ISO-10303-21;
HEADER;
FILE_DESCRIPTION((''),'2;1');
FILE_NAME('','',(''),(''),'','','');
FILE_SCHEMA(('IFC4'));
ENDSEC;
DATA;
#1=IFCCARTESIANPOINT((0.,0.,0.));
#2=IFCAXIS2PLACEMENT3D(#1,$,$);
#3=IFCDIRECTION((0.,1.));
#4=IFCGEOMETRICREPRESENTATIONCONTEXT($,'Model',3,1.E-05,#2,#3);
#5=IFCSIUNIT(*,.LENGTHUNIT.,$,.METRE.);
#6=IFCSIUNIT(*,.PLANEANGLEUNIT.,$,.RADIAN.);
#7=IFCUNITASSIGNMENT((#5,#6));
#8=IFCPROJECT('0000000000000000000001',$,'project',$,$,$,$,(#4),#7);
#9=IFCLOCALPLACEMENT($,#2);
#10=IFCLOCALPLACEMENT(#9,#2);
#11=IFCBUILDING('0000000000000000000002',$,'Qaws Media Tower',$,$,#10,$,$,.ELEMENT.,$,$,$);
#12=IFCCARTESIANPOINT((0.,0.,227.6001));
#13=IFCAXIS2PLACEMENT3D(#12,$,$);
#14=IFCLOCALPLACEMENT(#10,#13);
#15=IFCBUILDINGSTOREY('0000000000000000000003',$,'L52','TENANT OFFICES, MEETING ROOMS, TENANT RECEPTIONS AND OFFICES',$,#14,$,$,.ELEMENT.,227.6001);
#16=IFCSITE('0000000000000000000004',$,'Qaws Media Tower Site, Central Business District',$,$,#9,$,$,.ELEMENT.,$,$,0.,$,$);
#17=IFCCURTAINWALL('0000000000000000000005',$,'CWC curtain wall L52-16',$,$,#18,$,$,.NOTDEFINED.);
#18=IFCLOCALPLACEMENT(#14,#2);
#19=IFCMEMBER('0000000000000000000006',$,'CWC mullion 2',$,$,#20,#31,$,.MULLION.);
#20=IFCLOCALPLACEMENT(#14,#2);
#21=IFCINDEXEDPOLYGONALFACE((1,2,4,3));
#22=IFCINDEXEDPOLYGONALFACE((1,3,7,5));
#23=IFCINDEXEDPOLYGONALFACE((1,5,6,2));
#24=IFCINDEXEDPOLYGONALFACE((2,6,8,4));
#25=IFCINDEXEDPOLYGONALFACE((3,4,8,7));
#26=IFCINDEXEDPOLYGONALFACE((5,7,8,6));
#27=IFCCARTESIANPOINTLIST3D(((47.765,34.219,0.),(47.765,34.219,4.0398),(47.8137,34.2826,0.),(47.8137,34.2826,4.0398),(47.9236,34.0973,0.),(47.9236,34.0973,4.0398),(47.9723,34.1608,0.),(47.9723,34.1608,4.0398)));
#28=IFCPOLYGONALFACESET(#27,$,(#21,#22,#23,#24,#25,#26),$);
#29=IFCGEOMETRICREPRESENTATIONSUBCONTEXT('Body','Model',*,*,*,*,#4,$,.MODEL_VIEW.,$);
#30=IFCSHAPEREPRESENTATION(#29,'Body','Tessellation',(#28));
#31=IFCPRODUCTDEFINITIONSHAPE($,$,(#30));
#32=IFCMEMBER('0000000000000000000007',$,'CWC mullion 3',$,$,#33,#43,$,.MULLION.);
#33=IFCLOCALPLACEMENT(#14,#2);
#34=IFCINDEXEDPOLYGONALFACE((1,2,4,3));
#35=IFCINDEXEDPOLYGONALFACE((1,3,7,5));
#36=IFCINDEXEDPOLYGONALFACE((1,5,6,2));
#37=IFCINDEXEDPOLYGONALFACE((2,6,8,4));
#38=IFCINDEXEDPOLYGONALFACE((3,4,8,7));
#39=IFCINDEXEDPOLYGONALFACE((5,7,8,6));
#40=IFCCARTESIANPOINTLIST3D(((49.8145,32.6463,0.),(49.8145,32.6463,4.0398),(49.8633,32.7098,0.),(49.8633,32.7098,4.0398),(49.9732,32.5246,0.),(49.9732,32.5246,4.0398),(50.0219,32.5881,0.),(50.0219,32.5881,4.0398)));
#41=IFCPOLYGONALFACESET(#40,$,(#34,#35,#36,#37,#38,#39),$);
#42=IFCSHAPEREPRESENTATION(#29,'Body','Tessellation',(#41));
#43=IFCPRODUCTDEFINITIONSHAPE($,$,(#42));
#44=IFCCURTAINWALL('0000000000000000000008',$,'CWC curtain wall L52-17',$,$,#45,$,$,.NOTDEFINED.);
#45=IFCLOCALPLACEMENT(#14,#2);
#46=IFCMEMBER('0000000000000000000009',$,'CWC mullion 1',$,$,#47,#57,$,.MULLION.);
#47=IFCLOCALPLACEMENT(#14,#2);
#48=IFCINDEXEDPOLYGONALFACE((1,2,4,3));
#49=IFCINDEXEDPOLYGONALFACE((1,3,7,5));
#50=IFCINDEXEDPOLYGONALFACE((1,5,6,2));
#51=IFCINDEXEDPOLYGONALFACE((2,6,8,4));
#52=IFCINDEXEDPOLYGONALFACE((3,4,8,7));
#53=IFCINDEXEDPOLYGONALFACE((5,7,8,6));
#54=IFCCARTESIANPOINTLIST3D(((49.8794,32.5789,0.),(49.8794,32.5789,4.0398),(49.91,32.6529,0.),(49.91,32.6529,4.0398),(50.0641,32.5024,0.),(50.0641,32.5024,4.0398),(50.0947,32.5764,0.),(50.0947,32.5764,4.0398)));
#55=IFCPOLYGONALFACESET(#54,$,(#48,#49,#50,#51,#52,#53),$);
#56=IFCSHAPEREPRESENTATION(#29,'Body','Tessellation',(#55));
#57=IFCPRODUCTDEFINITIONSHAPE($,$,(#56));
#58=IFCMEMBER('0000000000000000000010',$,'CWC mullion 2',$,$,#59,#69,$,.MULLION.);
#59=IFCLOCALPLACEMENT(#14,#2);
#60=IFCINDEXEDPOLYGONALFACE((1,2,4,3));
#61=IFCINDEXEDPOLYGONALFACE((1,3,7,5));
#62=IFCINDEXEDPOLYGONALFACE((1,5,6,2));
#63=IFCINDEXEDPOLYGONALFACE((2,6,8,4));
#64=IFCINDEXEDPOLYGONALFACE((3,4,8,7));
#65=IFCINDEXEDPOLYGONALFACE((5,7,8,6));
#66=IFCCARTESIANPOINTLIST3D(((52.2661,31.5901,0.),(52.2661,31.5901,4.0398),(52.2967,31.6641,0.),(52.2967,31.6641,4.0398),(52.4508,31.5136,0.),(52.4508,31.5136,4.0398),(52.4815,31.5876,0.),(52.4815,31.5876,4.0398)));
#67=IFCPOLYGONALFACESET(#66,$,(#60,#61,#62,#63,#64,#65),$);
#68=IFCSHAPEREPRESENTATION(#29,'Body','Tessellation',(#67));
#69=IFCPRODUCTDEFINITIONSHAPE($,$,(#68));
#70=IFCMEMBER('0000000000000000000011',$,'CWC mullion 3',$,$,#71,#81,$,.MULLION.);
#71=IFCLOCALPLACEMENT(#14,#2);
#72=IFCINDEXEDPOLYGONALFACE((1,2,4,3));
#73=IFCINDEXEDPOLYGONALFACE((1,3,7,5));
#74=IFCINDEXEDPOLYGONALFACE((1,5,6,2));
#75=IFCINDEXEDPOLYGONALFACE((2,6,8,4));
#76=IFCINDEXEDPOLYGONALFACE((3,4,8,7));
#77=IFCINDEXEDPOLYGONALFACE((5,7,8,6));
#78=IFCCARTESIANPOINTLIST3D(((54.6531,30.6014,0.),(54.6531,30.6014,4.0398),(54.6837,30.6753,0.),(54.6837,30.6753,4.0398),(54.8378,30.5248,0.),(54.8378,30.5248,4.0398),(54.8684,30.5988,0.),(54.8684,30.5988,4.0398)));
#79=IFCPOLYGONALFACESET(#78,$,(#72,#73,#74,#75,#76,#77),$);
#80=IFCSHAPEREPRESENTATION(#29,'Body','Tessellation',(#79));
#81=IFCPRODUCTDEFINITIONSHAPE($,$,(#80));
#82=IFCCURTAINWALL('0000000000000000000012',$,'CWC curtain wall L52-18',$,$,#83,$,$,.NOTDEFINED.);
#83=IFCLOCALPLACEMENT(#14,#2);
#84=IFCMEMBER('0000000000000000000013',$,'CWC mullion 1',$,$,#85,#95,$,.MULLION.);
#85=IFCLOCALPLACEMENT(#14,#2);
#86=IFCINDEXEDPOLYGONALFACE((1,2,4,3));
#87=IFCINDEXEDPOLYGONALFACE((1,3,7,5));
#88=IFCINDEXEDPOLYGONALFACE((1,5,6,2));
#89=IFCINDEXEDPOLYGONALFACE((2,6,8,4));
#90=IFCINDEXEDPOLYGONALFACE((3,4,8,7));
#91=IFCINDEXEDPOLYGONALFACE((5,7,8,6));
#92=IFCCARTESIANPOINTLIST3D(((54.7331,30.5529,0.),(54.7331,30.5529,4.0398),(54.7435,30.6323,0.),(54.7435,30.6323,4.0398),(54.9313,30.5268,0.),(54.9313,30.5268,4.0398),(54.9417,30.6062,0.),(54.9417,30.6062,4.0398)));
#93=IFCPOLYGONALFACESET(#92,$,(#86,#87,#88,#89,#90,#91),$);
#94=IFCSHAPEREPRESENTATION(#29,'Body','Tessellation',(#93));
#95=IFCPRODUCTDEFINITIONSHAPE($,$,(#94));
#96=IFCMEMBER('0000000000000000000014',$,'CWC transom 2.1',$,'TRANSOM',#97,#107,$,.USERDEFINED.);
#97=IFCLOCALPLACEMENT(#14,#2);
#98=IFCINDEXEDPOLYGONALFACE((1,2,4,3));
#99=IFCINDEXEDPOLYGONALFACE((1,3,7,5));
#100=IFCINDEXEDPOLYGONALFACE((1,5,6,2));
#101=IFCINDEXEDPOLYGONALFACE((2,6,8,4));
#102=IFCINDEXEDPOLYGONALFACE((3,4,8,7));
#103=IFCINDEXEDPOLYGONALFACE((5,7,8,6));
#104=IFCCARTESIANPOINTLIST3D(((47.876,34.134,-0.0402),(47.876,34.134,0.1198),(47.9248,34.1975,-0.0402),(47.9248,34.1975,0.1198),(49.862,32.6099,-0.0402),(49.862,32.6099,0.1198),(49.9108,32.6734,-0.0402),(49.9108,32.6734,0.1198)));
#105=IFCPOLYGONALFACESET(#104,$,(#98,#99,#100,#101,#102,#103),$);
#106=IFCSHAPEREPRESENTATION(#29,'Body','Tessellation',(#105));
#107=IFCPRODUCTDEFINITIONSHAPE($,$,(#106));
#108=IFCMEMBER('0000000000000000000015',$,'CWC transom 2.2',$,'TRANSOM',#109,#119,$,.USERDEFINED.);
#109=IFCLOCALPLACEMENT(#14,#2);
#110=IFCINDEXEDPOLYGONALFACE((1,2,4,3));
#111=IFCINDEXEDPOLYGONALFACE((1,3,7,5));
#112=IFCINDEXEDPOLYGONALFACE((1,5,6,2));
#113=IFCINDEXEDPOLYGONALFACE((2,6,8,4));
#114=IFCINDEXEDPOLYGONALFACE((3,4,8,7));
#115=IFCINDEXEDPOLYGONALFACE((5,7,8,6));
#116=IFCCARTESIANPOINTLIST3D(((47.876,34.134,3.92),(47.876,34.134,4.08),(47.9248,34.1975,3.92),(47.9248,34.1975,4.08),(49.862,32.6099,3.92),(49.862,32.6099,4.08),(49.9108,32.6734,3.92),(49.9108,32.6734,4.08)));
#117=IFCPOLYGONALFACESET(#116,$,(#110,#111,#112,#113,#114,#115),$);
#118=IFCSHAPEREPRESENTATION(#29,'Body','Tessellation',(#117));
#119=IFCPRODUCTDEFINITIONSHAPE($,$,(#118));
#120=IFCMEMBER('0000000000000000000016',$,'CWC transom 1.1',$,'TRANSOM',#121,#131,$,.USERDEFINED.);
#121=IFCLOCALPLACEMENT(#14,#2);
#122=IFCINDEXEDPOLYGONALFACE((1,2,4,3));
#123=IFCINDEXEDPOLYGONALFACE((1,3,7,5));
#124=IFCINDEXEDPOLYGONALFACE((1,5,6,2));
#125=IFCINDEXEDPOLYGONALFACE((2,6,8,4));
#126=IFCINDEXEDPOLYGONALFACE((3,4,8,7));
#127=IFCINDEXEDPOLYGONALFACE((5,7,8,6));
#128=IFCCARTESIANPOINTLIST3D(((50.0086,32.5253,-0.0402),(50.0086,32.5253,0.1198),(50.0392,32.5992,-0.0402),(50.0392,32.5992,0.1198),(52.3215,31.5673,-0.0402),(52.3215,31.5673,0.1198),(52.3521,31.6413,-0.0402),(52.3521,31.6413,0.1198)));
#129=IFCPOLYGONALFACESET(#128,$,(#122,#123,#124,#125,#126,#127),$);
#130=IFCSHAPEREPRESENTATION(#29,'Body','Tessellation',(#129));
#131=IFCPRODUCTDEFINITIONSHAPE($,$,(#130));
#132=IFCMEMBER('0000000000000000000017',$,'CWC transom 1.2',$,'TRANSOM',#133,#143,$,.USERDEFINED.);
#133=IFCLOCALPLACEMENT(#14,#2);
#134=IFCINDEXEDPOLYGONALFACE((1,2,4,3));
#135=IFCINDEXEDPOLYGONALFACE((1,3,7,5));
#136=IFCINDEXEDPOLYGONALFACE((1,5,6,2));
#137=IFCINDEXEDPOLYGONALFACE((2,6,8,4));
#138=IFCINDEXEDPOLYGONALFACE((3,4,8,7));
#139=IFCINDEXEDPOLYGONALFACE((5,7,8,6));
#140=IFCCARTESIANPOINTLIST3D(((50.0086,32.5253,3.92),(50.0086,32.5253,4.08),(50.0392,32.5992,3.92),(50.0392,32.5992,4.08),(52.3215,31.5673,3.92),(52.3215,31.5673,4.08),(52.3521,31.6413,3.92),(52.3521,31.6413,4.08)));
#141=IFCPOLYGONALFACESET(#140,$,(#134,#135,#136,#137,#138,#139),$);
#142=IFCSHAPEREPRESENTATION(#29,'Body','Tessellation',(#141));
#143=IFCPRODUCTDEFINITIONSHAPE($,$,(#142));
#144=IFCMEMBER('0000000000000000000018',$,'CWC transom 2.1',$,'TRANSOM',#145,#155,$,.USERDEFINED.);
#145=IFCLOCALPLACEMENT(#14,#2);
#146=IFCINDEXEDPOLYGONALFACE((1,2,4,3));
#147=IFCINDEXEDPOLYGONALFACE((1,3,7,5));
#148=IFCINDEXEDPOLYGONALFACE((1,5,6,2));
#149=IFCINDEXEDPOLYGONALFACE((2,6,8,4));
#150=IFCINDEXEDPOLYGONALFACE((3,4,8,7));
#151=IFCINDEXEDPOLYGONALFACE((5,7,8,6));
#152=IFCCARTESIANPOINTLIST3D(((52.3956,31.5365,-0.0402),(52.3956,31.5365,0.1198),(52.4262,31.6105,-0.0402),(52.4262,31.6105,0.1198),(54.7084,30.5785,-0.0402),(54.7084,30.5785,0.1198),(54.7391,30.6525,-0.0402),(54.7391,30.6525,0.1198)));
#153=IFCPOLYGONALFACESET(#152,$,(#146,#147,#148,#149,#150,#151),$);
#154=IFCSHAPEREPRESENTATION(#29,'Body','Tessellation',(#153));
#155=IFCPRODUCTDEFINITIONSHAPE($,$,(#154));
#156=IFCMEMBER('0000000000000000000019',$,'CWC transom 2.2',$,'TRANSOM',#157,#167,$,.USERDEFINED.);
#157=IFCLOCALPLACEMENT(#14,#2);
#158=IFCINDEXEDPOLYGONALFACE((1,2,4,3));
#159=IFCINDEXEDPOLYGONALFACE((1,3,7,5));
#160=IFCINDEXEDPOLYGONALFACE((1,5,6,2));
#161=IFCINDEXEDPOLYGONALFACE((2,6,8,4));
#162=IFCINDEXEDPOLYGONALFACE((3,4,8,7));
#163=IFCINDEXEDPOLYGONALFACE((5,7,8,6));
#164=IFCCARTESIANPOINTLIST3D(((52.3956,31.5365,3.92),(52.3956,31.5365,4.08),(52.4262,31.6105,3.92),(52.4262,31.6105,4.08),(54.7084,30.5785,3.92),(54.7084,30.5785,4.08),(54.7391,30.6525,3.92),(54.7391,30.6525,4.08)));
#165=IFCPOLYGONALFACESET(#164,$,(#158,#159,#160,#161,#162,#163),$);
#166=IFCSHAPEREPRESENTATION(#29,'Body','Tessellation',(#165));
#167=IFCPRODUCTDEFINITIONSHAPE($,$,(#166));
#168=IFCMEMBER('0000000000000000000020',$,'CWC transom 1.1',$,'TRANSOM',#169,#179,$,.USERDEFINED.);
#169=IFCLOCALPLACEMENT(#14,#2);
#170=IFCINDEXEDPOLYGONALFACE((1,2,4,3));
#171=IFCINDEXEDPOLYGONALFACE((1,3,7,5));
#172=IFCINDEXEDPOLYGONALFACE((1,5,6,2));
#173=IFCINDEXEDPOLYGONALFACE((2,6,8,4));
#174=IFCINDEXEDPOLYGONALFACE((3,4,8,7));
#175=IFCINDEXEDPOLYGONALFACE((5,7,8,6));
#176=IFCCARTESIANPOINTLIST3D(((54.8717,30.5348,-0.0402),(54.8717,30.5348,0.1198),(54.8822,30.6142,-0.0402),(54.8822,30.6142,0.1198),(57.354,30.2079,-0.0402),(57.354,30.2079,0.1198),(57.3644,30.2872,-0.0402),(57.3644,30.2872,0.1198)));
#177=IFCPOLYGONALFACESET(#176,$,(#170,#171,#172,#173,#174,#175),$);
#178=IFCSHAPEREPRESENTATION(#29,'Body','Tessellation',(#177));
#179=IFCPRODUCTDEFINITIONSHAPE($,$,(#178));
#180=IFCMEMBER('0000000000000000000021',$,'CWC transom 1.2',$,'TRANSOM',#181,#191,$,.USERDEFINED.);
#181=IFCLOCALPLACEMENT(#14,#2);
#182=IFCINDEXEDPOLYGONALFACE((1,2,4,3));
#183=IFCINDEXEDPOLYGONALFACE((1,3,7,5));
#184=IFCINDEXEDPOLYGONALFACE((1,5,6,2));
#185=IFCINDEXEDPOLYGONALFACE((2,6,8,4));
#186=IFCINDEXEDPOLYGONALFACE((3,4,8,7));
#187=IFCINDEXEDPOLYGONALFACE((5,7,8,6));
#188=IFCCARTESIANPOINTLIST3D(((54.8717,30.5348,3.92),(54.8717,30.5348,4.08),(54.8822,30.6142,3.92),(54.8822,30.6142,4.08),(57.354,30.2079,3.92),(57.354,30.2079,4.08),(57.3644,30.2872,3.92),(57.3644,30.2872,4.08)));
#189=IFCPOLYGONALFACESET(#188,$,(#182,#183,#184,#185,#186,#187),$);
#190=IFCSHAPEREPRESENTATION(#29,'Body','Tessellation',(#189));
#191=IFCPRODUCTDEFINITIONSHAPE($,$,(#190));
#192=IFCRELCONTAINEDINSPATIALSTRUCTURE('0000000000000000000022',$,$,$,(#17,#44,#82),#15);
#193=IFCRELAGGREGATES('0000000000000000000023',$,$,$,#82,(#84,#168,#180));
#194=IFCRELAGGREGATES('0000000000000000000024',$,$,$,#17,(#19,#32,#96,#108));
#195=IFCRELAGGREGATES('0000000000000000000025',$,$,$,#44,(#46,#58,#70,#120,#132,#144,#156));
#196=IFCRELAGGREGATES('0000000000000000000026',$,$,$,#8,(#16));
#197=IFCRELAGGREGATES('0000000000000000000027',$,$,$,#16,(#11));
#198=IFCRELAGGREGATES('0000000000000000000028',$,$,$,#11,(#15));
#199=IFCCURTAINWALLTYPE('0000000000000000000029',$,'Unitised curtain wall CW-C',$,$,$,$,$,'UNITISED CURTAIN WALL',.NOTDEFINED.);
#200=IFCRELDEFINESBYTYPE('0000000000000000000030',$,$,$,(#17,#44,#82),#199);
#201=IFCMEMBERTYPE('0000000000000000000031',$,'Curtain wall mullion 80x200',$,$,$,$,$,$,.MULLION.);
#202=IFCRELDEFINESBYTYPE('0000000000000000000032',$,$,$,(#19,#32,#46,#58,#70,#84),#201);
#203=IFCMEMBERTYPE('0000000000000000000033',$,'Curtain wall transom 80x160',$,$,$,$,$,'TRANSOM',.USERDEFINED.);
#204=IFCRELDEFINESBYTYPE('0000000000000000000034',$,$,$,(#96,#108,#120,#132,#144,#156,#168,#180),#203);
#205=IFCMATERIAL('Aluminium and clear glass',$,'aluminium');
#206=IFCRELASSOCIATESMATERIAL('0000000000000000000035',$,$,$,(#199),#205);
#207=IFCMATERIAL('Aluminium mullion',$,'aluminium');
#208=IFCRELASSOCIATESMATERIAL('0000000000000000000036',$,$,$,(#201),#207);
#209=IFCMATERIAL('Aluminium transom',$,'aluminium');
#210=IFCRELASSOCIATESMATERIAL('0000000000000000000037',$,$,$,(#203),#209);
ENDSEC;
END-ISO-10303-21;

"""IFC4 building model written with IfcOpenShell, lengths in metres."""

from ifc_helpers import new_model, si_unit, direction, frame, origin, origin_2d, place, context, subcontext, project, spatial, rectangle, extrude, material, material_profile, profile_set, type_object, element, aggregate, save


model = new_model("IFC4")

# Units and contexts
model_context = context("Model", 3, precision=1e-05, world=origin(), true_north=direction((0.0, 1.0)))
body_context = subcontext(model_context, "Body", "Model", "MODEL_VIEW")
ifc_project = project(units=[si_unit("LENGTHUNIT", "METRE"), si_unit("PLANEANGLEUNIT", "RADIAN")], contexts=[model_context])

# Site, building, storey
site_placement = place(None, origin())
site = spatial("IfcSite", under=ifc_project, at=site_placement, Name="Qaws Media Tower Site, Central Business District", CompositionType="ELEMENT", RefElevation=0.0)
building_placement = place(site_placement, origin())
building = spatial("IfcBuilding", under=site, at=building_placement, Name="Qaws Media Tower", CompositionType="ELEMENT")
storey_placement = place(building_placement, frame((0.0, 0.0, 227.6001)))
storey = spatial("IfcBuildingStorey", under=building, at=storey_placement, Name="L52", Description="TENANT OFFICES, MEETING ROOMS, TENANT RECEPTIONS AND OFFICES", CompositionType="ELEMENT", Elevation=227.6001)

# Curtain walls, members
ifc_material_1 = material(Name="Aluminium and clear glass", Category="aluminium")
curtain_wall_type = type_object("IfcCurtainWallType", Name="Unitised curtain wall CW-C", ElementType="UNITISED CURTAIN WALL", PredefinedType="NOTDEFINED", material=ifc_material_1)
curtain_wall_1_placement = place(storey_placement, origin())
curtain_wall_1 = element("IfcCurtainWall", 1, at=curtain_wall_1_placement, inside=storey, type_object=curtain_wall_type, Name="CWC curtain wall L52-16", PredefinedType="NOTDEFINED")
ifc_material_2 = material(Name="Aluminium mullion", Category="aluminium")
ifc_material_profile_1 = material_profile(ifc_material_2, rectangle(XDim=0.0801, YDim=0.2, at=origin_2d()), Name="80x200")
ifc_profile_set_1 = profile_set([ifc_material_profile_1], Name="Aluminium mullion")
member_type_1 = type_object("IfcMemberType", Name="Curtain wall mullion 80x200", PredefinedType="MULLION", material=ifc_profile_set_1)
member_1_placement = place(storey_placement, frame((47.8687, 34.1899, 0.0), z_axis=(0.0, 0.0, 1.0), x_axis=(0.608762, 0.793353, 0.0)))
member_1 = element("IfcMember", 2, at=member_1_placement, type_object=member_type_1, Name="CWC mullion 2", PredefinedType="MULLION", context=body_context, shape_type="SweptSolid", body=[
    extrude(rectangle(XDim=0.0801, YDim=0.2, at=origin_2d()), origin(), (0.0, 0.0, 1.0), 4.0398),
])
member_2_placement = place(storey_placement, frame((49.9182, 32.6172, 0.0), z_axis=(0.0, 0.0, 1.0), x_axis=(0.608762, 0.793353, 0.0)))
member_2 = element("IfcMember", 3, at=member_2_placement, type_object=member_type_1, Name="CWC mullion 3", PredefinedType="MULLION", context=body_context, shape_type="SweptSolid", body=[
    extrude(rectangle(XDim=0.0801, YDim=0.2, at=origin_2d()), origin(), (0.0, 0.0, 1.0), 4.0398),
])
curtain_wall_2_placement = place(storey_placement, origin())
curtain_wall_2 = element("IfcCurtainWall", 4, at=curtain_wall_2_placement, inside=storey, type_object=curtain_wall_type, Name="CWC curtain wall L52-17", PredefinedType="NOTDEFINED")
member_3_placement = place(storey_placement, frame((49.9871, 32.5776, 0.0), z_axis=(0.0, 0.0, 1.0), x_axis=(0.382683, 0.92388, 0.0)))
member_3 = element("IfcMember", 5, at=member_3_placement, type_object=member_type_1, Name="CWC mullion 1", PredefinedType="MULLION", context=body_context, shape_type="SweptSolid", body=[
    extrude(rectangle(XDim=0.0801, YDim=0.2, at=origin_2d()), origin(), (0.0, 0.0, 1.0), 4.0398),
])
member_4_placement = place(storey_placement, frame((52.3738, 31.5889, 0.0), z_axis=(0.0, 0.0, 1.0), x_axis=(0.382683, 0.92388, 0.0)))
member_4 = element("IfcMember", 6, at=member_4_placement, type_object=member_type_1, Name="CWC mullion 2", PredefinedType="MULLION", context=body_context, shape_type="SweptSolid", body=[
    extrude(rectangle(XDim=0.0801, YDim=0.2, at=origin_2d()), origin(), (0.0, 0.0, 1.0), 4.0398),
])
member_5_placement = place(storey_placement, frame((54.7607, 30.6001, 0.0), z_axis=(0.0, 0.0, 1.0), x_axis=(0.382683, 0.92388, 0.0)))
member_5 = element("IfcMember", 7, at=member_5_placement, type_object=member_type_1, Name="CWC mullion 3", PredefinedType="MULLION", context=body_context, shape_type="SweptSolid", body=[
    extrude(rectangle(XDim=0.0801, YDim=0.2, at=origin_2d()), origin(), (0.0, 0.0, 1.0), 4.0398),
])

# Curtain wall, member
curtain_wall_3_placement = place(storey_placement, origin())
curtain_wall_3 = element("IfcCurtainWall", 8, at=curtain_wall_3_placement, inside=storey, type_object=curtain_wall_type, Name="CWC curtain wall L52-18", PredefinedType="NOTDEFINED")
member_6_placement = place(storey_placement, frame((54.8374, 30.5796, 0.0), z_axis=(0.0, 0.0, 1.0), x_axis=(0.130526, 0.991445, 0.0)))
member_6 = element("IfcMember", 9, at=member_6_placement, type_object=member_type_1, Name="CWC mullion 1", PredefinedType="MULLION", context=body_context, shape_type="SweptSolid", body=[
    extrude(rectangle(XDim=0.0801, YDim=0.2, at=origin_2d()), origin(), (0.0, 0.0, 1.0), 4.0398),
])

# Members
ifc_material_3 = material(Name="Aluminium transom", Category="aluminium")
ifc_material_profile_2 = material_profile(ifc_material_3, rectangle(XDim=0.0801, YDim=0.1599, at=origin_2d()), Name="80x160")
ifc_profile_set_2 = profile_set([ifc_material_profile_2], Name="Aluminium transom")
member_type_2 = type_object("IfcMemberType", Name="Curtain wall transom 80x160", ElementType="TRANSOM", PredefinedType="USERDEFINED", material=ifc_profile_set_2)
member_7_placement = place(storey_placement, frame((47.9004, 34.1658, 0.0398), z_axis=(0.793316, -0.60881, 0.0), x_axis=(0.60881, 0.793316, 0.0)))
member_7 = element("IfcMember", 10, at=member_7_placement, type_object=member_type_2, Name="CWC transom 2.1", ObjectType="TRANSOM", PredefinedType="USERDEFINED", context=body_context, shape_type="SweptSolid", body=[
    extrude(rectangle(XDim=0.0801, YDim=0.1599, at=origin_2d()), origin(), (0.0, 0.0, 1.0), 2.5034),
])
member_8_placement = place(storey_placement, frame((47.9004, 34.1658, 4.0), z_axis=(0.793316, -0.60881, 0.0), x_axis=(0.60881, 0.793316, 0.0)))
member_8 = element("IfcMember", 11, at=member_8_placement, type_object=member_type_2, Name="CWC transom 2.2", ObjectType="TRANSOM", PredefinedType="USERDEFINED", context=body_context, shape_type="SweptSolid", body=[
    extrude(rectangle(XDim=0.0801, YDim=0.1599, at=origin_2d()), origin(), (0.0, 0.0, 1.0), 2.5034),
])
member_9_placement = place(storey_placement, frame((50.0239, 32.5623, 0.0398), z_axis=(0.923888, -0.382662, 0.0), x_axis=(0.382662, 0.923888, 0.0)))
member_9 = element("IfcMember", 12, at=member_9_placement, type_object=member_type_2, Name="CWC transom 1.1", ObjectType="TRANSOM", PredefinedType="USERDEFINED", context=body_context, shape_type="SweptSolid", body=[
    extrude(rectangle(XDim=0.0801, YDim=0.1599, at=origin_2d()), origin(), (0.0, 0.0, 1.0), 2.5034),
])
member_10_placement = place(storey_placement, frame((50.0239, 32.5623, 4.0), z_axis=(0.923888, -0.382662, 0.0), x_axis=(0.382662, 0.923888, 0.0)))
member_10 = element("IfcMember", 13, at=member_10_placement, type_object=member_type_2, Name="CWC transom 1.2", ObjectType="TRANSOM", PredefinedType="USERDEFINED", context=body_context, shape_type="SweptSolid", body=[
    extrude(rectangle(XDim=0.0801, YDim=0.1599, at=origin_2d()), origin(), (0.0, 0.0, 1.0), 2.5034),
])
member_11_placement = place(storey_placement, frame((52.4109, 31.5735, 0.0398), z_axis=(0.923888, -0.382662, 0.0), x_axis=(0.382662, 0.923888, 0.0)))
member_11 = element("IfcMember", 14, at=member_11_placement, type_object=member_type_2, Name="CWC transom 2.1", ObjectType="TRANSOM", PredefinedType="USERDEFINED", context=body_context, shape_type="SweptSolid", body=[
    extrude(rectangle(XDim=0.0801, YDim=0.1599, at=origin_2d()), origin(), (0.0, 0.0, 1.0), 2.5034),
])
member_12_placement = place(storey_placement, frame((52.4109, 31.5735, 4.0), z_axis=(0.923888, -0.382662, 0.0), x_axis=(0.382662, 0.923888, 0.0)))
member_12 = element("IfcMember", 15, at=member_12_placement, type_object=member_type_2, Name="CWC transom 2.2", ObjectType="TRANSOM", PredefinedType="USERDEFINED", context=body_context, shape_type="SweptSolid", body=[
    extrude(rectangle(XDim=0.0801, YDim=0.1599, at=origin_2d()), origin(), (0.0, 0.0, 1.0), 2.5034),
])
member_13_placement = place(storey_placement, frame((54.877, 30.5745, 0.0398), z_axis=(0.991439, -0.130573, 0.0), x_axis=(0.130573, 0.991439, 0.0)))
member_13 = element("IfcMember", 16, at=member_13_placement, type_object=member_type_2, Name="CWC transom 1.1", ObjectType="TRANSOM", PredefinedType="USERDEFINED", context=body_context, shape_type="SweptSolid", body=[
    extrude(rectangle(XDim=0.0801, YDim=0.1599, at=origin_2d()), origin(), (0.0, 0.0, 1.0), 2.5037),
])
member_14_placement = place(storey_placement, frame((54.877, 30.5745, 4.0), z_axis=(0.991439, -0.130573, 0.0), x_axis=(0.130573, 0.991439, 0.0)))
member_14 = element("IfcMember", 17, at=member_14_placement, type_object=member_type_2, Name="CWC transom 1.2", ObjectType="TRANSOM", PredefinedType="USERDEFINED", context=body_context, shape_type="SweptSolid", body=[
    extrude(rectangle(XDim=0.0801, YDim=0.1599, at=origin_2d()), origin(), (0.0, 0.0, 1.0), 2.5037),
])
aggregate(curtain_wall_3, [member_6, member_13, member_14])

aggregate(curtain_wall_1, [member_1, member_2, member_7, member_8])
aggregate(curtain_wall_2, [member_3, member_4, member_5, member_9, member_10, member_11, member_12])

save(model, "model.ifc")
